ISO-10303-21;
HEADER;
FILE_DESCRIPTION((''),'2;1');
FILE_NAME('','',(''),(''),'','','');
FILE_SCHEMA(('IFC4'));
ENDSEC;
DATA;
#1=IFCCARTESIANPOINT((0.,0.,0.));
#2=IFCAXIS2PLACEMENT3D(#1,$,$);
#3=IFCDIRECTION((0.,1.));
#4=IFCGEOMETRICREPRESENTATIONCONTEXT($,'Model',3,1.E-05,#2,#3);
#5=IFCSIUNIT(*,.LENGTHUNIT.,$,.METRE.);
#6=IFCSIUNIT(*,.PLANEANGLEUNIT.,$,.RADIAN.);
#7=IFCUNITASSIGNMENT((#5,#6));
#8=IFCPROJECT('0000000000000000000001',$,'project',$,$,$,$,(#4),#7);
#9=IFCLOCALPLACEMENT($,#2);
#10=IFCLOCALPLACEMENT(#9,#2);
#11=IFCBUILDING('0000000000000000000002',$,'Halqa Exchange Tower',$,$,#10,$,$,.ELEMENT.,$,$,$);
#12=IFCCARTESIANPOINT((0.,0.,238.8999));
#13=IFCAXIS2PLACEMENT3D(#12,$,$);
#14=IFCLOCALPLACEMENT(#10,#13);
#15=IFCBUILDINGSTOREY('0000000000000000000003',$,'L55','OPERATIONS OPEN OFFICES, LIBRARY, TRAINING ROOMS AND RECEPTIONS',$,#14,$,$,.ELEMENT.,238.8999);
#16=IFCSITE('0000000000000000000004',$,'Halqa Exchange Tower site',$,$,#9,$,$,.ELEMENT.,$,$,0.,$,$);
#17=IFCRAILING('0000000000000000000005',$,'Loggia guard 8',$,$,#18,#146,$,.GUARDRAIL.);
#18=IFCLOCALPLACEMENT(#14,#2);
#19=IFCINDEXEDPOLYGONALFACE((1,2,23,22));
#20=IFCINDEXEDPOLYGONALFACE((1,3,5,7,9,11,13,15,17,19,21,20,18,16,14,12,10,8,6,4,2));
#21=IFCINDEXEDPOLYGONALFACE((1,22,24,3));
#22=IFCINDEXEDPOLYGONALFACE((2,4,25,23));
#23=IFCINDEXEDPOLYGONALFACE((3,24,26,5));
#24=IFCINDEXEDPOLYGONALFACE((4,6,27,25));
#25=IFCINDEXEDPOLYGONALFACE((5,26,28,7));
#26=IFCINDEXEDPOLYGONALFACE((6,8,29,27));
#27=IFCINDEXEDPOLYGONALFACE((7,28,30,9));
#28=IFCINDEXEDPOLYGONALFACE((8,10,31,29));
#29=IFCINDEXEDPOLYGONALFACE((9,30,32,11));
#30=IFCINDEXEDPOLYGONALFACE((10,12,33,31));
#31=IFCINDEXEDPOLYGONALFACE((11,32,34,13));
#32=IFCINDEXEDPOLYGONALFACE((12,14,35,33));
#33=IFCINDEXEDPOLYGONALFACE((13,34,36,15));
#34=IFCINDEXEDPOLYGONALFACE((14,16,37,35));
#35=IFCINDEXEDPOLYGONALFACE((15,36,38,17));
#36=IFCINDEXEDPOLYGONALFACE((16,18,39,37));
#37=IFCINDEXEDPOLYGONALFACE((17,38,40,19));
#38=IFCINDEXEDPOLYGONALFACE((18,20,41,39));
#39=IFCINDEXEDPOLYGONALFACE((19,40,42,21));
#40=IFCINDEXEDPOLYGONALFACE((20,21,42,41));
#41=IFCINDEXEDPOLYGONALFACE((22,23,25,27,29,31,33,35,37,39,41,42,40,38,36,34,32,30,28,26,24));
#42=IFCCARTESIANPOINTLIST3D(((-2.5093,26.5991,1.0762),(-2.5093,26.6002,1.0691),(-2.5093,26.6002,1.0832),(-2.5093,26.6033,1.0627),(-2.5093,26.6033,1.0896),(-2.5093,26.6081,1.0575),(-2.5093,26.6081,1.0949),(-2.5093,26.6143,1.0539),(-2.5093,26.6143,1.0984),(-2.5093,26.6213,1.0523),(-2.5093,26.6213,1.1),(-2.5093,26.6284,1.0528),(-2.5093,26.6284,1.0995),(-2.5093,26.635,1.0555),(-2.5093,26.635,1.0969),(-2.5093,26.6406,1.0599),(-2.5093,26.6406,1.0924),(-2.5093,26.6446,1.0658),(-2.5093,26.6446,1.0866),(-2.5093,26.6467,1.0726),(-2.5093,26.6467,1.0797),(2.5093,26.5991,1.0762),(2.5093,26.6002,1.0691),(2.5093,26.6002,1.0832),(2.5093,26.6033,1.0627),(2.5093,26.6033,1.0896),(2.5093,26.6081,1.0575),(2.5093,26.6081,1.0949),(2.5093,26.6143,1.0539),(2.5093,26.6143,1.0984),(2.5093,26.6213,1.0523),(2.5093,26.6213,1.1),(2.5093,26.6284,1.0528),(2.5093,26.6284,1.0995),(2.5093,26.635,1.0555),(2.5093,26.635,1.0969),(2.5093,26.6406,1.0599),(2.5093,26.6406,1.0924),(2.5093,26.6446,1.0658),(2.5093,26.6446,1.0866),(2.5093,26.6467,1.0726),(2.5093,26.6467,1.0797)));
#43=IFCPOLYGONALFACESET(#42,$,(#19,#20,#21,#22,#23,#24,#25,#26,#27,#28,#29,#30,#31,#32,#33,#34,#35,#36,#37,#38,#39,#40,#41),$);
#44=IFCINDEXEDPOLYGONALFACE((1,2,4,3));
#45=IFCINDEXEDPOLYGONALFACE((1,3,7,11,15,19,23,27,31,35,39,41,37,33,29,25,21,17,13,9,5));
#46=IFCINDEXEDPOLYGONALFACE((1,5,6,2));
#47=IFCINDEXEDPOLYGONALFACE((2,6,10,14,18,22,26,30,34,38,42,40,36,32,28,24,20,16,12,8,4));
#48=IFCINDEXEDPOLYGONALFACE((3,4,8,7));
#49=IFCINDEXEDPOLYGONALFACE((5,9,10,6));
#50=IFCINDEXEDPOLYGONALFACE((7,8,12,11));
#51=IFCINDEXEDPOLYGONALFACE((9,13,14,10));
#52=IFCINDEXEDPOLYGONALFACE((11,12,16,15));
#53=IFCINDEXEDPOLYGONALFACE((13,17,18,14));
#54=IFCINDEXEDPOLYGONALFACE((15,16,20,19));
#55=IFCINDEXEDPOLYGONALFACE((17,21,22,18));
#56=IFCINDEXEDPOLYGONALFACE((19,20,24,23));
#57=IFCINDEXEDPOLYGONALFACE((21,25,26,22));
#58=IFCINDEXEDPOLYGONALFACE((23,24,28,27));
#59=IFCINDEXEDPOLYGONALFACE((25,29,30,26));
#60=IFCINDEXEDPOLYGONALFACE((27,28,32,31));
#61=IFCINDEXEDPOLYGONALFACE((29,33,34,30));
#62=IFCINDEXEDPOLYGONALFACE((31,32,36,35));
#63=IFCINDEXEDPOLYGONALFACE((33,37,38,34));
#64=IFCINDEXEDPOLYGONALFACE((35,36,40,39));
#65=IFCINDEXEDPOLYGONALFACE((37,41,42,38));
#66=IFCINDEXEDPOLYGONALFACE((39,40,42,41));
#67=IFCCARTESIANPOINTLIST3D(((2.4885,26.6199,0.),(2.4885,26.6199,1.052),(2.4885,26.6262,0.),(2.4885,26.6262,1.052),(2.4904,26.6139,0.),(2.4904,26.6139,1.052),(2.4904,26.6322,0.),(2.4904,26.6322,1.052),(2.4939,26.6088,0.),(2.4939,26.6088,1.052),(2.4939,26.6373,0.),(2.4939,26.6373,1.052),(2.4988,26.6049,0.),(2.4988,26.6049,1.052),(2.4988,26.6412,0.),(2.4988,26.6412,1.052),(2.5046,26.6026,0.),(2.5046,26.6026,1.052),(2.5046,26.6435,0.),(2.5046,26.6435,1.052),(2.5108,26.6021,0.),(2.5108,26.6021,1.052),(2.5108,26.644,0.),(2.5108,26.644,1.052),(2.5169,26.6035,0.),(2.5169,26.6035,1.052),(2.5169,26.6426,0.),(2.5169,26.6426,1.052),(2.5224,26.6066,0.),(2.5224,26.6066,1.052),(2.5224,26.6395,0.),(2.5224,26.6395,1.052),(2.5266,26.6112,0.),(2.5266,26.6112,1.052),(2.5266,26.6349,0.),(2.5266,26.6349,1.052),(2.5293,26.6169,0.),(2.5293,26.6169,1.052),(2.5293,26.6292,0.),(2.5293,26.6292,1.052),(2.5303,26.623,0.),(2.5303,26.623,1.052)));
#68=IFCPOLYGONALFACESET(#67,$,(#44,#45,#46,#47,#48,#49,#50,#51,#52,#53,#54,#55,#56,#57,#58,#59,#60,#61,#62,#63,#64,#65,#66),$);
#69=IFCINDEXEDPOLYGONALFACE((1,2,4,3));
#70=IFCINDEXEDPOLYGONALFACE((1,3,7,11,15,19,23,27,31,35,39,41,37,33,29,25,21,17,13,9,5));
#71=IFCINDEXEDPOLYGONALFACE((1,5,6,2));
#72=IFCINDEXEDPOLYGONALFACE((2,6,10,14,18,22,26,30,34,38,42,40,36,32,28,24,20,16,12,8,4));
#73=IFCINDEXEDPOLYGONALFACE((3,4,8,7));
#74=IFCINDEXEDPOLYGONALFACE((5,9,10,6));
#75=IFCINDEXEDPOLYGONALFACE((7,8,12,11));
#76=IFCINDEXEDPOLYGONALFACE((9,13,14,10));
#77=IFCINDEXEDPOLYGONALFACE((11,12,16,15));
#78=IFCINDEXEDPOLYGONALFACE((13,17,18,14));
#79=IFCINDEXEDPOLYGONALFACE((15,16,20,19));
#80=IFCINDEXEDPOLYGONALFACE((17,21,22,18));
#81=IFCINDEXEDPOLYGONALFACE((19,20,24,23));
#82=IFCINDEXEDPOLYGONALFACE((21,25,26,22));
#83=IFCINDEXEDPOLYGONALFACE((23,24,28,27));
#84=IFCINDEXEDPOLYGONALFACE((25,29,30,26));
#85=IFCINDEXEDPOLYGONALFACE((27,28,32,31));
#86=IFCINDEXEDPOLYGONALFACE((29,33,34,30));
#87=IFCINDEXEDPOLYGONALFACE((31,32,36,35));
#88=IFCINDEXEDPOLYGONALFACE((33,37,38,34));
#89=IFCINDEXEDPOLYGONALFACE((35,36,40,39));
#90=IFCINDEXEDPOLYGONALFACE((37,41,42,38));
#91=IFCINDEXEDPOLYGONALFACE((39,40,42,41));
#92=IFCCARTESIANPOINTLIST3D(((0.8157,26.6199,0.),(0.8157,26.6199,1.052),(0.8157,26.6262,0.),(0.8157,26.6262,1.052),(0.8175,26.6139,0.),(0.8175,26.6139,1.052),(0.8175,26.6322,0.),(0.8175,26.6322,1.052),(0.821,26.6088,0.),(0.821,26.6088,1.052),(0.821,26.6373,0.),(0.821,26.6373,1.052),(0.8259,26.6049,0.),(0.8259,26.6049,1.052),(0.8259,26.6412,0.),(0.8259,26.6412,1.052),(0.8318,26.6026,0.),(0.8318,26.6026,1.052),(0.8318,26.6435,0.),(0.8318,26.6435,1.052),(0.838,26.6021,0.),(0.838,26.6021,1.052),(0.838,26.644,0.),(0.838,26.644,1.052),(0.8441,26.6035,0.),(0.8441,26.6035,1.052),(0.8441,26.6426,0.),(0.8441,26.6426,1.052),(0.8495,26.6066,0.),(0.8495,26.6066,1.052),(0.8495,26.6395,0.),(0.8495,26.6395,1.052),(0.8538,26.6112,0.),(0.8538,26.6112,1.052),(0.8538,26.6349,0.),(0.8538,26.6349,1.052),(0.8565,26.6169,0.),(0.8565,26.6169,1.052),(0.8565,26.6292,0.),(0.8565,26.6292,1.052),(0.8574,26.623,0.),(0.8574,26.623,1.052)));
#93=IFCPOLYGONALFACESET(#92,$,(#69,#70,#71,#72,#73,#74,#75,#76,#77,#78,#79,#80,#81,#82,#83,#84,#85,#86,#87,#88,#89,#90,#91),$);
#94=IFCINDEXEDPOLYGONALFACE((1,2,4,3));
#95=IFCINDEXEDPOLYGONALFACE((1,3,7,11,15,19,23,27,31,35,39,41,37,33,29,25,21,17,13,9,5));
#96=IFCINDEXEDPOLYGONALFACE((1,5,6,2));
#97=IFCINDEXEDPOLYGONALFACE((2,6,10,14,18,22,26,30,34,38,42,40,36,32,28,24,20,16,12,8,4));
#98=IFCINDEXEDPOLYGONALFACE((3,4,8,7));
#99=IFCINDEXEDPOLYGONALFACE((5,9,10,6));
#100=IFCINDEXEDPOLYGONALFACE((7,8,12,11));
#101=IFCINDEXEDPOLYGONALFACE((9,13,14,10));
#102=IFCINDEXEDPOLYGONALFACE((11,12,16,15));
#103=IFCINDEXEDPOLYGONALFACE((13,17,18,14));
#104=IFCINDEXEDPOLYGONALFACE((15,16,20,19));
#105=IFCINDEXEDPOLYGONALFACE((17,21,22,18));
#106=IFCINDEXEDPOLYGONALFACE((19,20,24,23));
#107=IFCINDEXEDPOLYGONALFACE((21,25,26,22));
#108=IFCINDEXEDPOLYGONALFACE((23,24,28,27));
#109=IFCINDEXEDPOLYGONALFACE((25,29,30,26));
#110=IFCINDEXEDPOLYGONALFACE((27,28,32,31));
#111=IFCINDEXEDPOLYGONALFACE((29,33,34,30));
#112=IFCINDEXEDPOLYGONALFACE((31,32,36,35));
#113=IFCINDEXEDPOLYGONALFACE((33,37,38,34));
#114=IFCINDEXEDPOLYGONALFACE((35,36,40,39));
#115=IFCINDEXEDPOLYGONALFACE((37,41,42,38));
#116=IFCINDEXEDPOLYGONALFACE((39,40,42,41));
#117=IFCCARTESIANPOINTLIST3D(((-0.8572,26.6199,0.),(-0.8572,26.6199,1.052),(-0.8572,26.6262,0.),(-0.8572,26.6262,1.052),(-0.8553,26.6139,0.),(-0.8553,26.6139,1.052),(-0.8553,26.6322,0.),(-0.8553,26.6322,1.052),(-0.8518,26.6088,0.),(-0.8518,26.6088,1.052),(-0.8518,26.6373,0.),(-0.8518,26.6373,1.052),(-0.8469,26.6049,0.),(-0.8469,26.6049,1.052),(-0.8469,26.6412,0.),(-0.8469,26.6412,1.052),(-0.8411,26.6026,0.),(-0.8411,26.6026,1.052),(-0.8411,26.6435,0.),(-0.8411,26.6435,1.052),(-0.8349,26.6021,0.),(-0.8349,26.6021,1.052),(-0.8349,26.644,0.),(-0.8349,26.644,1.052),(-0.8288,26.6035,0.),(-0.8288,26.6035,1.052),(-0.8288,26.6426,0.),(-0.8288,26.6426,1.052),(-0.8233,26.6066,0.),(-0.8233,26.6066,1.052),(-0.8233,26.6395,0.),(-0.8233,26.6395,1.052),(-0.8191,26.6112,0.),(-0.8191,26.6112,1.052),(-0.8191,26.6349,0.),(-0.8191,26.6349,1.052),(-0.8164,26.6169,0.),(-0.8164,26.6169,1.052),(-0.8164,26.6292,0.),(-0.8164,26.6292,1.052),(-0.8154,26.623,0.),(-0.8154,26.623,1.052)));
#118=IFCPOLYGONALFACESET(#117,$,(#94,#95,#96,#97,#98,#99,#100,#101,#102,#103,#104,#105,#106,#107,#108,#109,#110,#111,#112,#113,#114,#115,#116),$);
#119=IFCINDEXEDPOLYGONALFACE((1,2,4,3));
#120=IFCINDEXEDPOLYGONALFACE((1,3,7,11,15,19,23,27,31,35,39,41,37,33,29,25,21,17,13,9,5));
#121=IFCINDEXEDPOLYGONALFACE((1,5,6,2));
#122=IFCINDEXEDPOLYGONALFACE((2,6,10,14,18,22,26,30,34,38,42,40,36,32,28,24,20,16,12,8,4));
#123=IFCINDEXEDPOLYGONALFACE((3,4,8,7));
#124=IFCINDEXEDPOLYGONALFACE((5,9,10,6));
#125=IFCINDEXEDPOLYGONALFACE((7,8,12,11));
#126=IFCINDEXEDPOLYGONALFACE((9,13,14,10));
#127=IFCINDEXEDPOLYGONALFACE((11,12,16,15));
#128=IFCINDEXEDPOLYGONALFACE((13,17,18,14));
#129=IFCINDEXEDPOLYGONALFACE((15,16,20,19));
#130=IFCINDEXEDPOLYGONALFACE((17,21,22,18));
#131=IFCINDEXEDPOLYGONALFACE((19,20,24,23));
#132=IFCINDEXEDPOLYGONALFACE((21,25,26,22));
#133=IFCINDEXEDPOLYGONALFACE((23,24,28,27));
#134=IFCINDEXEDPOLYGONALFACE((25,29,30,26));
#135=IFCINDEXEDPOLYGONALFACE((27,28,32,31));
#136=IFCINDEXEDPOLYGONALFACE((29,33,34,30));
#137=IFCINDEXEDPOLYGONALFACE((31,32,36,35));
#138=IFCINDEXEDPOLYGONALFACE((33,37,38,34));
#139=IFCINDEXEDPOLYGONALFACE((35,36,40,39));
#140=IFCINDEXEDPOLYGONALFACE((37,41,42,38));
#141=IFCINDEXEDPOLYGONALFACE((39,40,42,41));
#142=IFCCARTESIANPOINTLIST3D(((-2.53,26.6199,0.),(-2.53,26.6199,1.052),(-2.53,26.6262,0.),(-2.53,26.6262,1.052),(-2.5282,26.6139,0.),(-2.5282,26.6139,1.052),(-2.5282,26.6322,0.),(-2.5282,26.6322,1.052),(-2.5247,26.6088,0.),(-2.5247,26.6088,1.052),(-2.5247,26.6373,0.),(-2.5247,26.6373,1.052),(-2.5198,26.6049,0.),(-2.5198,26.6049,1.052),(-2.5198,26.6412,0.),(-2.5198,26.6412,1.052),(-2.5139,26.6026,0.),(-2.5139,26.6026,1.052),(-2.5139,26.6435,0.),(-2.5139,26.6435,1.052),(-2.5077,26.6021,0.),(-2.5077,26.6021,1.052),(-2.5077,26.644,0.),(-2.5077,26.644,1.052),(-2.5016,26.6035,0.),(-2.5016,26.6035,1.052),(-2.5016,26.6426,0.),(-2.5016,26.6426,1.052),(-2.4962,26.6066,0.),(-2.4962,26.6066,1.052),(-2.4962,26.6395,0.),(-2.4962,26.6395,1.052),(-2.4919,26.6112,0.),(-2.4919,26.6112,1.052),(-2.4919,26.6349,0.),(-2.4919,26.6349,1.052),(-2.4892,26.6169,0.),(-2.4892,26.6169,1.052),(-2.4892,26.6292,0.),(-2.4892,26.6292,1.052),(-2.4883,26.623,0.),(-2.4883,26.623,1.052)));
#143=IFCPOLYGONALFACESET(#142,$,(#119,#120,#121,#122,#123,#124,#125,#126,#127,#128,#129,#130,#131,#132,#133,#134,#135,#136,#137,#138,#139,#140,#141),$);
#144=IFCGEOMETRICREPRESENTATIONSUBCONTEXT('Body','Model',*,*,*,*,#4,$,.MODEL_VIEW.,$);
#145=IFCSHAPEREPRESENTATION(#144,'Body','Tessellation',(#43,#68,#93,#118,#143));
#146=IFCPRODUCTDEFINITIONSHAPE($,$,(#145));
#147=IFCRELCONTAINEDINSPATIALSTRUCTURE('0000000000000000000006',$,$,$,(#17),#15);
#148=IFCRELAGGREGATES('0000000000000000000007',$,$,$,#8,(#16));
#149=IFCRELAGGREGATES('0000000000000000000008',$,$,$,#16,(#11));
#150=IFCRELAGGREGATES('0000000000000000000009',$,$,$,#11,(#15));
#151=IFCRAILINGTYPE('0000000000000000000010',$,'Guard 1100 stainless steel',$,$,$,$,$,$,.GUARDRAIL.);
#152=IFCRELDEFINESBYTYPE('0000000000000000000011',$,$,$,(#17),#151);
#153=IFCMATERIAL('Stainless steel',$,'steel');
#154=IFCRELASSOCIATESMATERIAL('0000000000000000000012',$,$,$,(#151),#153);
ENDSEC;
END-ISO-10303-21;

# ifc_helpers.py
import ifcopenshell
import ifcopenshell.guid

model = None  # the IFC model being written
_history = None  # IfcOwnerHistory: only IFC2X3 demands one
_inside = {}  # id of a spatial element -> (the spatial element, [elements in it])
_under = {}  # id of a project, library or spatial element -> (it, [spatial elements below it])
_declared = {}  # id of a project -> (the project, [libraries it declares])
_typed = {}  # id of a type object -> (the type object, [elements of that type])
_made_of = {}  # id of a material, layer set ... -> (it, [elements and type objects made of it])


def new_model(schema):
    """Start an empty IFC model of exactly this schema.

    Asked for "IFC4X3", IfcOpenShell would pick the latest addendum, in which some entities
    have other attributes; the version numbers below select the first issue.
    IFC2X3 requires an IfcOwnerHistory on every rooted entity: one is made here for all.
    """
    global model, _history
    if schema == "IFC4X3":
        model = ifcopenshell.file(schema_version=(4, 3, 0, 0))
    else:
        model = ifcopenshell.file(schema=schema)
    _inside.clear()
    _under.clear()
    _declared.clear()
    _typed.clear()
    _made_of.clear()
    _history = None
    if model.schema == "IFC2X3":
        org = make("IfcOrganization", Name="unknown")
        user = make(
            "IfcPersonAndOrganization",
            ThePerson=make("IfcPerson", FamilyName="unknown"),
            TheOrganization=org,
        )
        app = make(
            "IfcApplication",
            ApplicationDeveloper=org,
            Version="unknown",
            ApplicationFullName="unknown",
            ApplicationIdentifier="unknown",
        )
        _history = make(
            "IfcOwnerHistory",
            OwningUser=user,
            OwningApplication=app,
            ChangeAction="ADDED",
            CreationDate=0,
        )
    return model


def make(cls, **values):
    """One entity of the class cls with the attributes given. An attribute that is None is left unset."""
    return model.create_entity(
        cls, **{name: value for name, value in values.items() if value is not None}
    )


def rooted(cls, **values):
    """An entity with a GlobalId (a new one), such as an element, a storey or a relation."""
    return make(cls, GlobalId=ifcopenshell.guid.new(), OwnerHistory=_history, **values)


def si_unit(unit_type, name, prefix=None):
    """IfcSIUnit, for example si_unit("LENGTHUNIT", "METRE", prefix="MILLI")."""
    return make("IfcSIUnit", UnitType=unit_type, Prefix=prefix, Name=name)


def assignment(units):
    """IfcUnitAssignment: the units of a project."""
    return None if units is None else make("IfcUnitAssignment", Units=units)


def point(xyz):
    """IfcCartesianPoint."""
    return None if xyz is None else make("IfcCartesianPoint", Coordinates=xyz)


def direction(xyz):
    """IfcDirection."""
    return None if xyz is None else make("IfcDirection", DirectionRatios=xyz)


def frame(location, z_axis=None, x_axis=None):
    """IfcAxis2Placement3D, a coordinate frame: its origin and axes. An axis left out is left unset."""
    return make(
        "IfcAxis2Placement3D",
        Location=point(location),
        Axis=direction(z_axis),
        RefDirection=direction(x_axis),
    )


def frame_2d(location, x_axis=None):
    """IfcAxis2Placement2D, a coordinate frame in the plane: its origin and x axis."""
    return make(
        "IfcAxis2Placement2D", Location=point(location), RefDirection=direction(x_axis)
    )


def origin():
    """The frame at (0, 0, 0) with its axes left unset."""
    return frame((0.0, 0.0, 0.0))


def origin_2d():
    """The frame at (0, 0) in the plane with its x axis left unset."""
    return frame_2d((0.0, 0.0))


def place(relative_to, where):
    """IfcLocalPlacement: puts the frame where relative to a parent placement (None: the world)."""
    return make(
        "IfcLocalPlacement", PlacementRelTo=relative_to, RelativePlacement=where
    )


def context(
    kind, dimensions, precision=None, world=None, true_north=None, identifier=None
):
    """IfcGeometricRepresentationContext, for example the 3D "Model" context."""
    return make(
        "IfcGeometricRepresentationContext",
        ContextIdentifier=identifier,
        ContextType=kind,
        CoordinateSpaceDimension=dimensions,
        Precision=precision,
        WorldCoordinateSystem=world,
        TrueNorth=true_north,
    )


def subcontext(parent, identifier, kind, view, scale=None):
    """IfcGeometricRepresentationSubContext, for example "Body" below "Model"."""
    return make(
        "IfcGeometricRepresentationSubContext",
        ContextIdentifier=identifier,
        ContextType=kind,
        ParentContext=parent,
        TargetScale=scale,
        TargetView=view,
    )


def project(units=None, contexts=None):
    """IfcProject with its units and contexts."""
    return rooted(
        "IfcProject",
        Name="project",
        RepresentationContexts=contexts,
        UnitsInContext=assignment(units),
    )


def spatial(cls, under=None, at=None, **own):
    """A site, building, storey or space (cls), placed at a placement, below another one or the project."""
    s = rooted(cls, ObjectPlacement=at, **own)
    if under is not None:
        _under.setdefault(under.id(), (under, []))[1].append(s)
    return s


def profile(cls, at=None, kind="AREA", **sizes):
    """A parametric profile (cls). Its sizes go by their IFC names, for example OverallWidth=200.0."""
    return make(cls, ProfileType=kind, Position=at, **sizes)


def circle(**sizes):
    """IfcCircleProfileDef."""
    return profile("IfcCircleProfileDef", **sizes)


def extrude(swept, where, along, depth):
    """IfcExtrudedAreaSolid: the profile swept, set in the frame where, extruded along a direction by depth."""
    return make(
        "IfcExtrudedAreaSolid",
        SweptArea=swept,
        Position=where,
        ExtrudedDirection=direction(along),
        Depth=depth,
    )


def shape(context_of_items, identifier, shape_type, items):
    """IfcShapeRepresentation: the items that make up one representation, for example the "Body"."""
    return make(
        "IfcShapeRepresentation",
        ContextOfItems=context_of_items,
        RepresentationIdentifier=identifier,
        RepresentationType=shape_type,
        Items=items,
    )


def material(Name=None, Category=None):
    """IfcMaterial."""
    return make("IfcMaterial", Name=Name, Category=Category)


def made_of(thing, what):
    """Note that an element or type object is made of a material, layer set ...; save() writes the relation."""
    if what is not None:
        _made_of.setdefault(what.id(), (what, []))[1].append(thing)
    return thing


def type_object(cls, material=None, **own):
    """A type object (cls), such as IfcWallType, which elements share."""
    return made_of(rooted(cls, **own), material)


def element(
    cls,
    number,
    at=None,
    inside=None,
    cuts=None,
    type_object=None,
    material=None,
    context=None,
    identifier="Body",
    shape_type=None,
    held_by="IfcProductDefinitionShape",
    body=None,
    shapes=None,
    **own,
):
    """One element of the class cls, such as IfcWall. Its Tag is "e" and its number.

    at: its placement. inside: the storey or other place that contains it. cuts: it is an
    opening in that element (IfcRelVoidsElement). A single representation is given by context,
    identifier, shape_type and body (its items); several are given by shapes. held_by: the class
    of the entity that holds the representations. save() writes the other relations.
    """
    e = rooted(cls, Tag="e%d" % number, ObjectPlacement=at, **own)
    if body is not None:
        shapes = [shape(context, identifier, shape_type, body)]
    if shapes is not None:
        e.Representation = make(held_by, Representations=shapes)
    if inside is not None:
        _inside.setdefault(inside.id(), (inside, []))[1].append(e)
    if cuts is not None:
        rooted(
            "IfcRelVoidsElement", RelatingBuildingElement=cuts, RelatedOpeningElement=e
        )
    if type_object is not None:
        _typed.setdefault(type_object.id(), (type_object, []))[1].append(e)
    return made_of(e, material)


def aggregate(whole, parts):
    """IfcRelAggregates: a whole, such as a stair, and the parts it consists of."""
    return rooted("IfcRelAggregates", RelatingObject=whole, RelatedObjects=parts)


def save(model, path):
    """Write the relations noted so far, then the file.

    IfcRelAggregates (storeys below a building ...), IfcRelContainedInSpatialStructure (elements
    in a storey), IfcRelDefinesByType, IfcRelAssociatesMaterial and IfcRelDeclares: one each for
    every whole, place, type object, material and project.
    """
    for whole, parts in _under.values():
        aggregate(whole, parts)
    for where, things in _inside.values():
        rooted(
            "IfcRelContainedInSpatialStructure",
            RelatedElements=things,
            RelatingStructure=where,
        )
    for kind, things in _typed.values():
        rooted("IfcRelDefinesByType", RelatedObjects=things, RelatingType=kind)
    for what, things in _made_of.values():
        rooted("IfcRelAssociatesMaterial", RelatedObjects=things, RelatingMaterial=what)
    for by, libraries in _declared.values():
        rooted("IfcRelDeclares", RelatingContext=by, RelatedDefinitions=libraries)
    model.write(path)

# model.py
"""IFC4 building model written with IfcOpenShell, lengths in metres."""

from ifc_helpers import new_model, si_unit, direction, frame, origin, origin_2d, place, context, subcontext, project, spatial, circle, extrude, material, type_object, element, save


model = new_model("IFC4")

# Units and contexts
model_context = context("Model", 3, precision=1e-05, world=origin(), true_north=direction((0.0, 1.0)))
body_context = subcontext(model_context, "Body", "Model", "MODEL_VIEW")
ifc_project = project(units=[si_unit("LENGTHUNIT", "METRE"), si_unit("PLANEANGLEUNIT", "RADIAN")], contexts=[model_context])

# Site, building, storey
site_placement = place(None, origin())
site = spatial("IfcSite", under=ifc_project, at=site_placement, Name="Halqa Exchange Tower site", CompositionType="ELEMENT", RefElevation=0.0)
building_placement = place(site_placement, origin())
building = spatial("IfcBuilding", under=site, at=building_placement, Name="Halqa Exchange Tower", CompositionType="ELEMENT")
storey_placement = place(building_placement, frame((0.0, 0.0, 238.8999)))
storey = spatial("IfcBuildingStorey", under=building, at=storey_placement, Name="L55", Description="OPERATIONS OPEN OFFICES, LIBRARY, TRAINING ROOMS AND RECEPTIONS", CompositionType="ELEMENT", Elevation=238.8999)

# Railing
ifc_material_1 = material(Name="Stainless steel", Category="steel")
railing_type_1 = type_object("IfcRailingType", Name="Guard 1100 stainless steel", PredefinedType="GUARDRAIL", material=ifc_material_1)
railing_1_placement = place(storey_placement, frame((2.5093, 26.623, 0.0)))
element("IfcRailing", 1, at=railing_1_placement, inside=storey, type_object=railing_type_1, Name="Loggia guard 8", PredefinedType="GUARDRAIL", context=body_context, shape_type="SweptSolid", body=[
    extrude(circle(Radius=0.0239, at=origin_2d()), frame((0.0, 0.0, 1.0762), z_axis=(-1.0, 0.0, 0.0), x_axis=(0.0, -1.0, 0.0)), (0.0, 0.0, 1.0), 5.0186),
    extrude(circle(Radius=0.021, at=origin_2d()), origin(), (0.0, 0.0, 1.0), 1.052),
    extrude(circle(Radius=0.021, at=origin_2d()), frame((-1.6729, 0.0, 0.0)), (0.0, 0.0, 1.0), 1.052),
    extrude(circle(Radius=0.021, at=origin_2d()), frame((-3.3457, 0.0, 0.0)), (0.0, 0.0, 1.0), 1.052),
    extrude(circle(Radius=0.021, at=origin_2d()), frame((-5.0186, 0.0, 0.0)), (0.0, 0.0, 1.0), 1.052),
])

save(model, "model.ifc")
